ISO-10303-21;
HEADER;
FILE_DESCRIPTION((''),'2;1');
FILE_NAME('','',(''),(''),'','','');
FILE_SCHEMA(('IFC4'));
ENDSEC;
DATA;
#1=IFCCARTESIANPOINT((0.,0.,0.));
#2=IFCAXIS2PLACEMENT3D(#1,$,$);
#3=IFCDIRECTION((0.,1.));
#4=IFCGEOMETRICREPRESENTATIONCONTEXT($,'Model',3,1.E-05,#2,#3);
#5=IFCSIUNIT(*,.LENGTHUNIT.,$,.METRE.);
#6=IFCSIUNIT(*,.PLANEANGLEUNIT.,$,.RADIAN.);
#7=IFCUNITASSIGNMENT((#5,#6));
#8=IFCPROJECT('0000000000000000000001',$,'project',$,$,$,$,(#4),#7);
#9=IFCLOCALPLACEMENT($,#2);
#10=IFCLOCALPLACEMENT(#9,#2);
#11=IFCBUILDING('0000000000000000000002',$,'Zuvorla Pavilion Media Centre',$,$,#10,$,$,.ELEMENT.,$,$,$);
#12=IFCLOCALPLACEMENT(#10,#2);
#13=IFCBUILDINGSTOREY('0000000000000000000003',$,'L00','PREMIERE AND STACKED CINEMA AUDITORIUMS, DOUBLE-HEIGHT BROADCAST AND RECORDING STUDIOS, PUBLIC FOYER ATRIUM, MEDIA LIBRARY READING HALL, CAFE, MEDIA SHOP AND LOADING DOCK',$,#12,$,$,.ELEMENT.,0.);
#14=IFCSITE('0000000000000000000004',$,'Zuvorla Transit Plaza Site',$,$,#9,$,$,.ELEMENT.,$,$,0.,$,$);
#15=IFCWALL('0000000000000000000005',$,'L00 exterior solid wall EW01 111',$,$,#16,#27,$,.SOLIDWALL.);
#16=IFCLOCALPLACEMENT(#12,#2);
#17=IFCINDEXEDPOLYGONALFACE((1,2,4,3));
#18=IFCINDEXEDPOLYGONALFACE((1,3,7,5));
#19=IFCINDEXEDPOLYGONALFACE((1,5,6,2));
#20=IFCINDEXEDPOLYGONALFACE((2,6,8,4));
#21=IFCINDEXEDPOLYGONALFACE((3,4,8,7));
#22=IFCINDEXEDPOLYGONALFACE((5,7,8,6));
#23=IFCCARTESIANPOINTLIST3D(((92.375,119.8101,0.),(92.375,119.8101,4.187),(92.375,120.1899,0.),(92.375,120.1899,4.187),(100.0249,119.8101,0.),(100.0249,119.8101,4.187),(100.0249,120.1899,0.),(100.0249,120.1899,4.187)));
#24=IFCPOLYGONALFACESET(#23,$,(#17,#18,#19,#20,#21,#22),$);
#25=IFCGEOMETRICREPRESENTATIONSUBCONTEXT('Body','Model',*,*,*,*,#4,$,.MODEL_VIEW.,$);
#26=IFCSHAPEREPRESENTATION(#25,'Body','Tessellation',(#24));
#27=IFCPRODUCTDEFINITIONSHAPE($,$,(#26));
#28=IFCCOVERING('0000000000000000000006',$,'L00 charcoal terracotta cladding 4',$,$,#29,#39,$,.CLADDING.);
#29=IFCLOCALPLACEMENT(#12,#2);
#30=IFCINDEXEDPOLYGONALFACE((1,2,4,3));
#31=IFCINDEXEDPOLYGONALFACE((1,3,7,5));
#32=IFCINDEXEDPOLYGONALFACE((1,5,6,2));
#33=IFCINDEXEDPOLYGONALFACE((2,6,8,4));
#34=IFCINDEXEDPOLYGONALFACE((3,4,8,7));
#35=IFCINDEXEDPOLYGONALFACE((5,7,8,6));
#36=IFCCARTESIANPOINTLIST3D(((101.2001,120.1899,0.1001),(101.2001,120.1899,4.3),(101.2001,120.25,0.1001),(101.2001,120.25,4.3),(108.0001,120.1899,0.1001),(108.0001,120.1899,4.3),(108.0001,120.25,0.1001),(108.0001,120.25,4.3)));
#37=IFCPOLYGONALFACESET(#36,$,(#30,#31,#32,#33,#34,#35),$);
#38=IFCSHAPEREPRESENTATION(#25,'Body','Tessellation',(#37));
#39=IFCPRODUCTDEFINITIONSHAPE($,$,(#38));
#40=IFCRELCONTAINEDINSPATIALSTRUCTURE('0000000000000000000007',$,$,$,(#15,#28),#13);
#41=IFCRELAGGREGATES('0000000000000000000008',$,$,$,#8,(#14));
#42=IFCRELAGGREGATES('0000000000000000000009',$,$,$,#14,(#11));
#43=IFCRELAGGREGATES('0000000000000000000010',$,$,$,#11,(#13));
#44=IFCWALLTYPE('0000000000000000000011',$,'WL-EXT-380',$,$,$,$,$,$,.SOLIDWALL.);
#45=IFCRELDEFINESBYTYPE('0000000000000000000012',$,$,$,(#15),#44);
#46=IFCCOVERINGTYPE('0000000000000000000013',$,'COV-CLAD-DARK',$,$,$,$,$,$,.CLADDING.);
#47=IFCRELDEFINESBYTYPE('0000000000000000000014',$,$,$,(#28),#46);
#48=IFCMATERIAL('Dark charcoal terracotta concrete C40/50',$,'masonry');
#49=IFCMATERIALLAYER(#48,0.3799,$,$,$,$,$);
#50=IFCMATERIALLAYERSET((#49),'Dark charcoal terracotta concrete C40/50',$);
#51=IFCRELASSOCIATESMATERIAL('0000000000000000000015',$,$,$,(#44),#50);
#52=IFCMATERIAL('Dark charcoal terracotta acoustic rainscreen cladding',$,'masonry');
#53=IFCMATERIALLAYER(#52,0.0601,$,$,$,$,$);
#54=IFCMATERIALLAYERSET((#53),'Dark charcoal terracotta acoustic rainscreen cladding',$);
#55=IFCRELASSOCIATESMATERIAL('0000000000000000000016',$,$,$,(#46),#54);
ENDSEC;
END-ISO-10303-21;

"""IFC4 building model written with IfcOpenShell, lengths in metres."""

from ifc_helpers import new_model, si_unit, direction, frame, frame_2d, origin, origin_2d, place, context, subcontext, project, spatial, rectangle, extrude, material, layer, layer_set, type_object, element, save


model = new_model("IFC4")

# Units and contexts
model_context = context("Model", 3, precision=1e-05, world=origin(), true_north=direction((0.0, 1.0)))
body_context = subcontext(model_context, "Body", "Model", "MODEL_VIEW")
ifc_project = project(units=[si_unit("LENGTHUNIT", "METRE"), si_unit("PLANEANGLEUNIT", "RADIAN")], contexts=[model_context])

# Site, building, storey
site_placement = place(None, origin())
site = spatial("IfcSite", under=ifc_project, at=site_placement, Name="Zuvorla Transit Plaza Site", CompositionType="ELEMENT", RefElevation=0.0)
building_placement = place(site_placement, origin())
building = spatial("IfcBuilding", under=site, at=building_placement, Name="Zuvorla Pavilion Media Centre", CompositionType="ELEMENT")
storey_placement = place(building_placement, origin())
storey = spatial("IfcBuildingStorey", under=building, at=storey_placement, Name="L00", Description="PREMIERE AND STACKED CINEMA AUDITORIUMS, DOUBLE-HEIGHT BROADCAST AND RECORDING STUDIOS, PUBLIC FOYER ATRIUM, MEDIA LIBRARY READING HALL, CAFE, MEDIA SHOP AND LOADING DOCK", CompositionType="ELEMENT", Elevation=0.0)

# Shared definitions
ifc_material_1 = material(Name="Dark charcoal terracotta concrete C40/50", Category="masonry")
ifc_layer_1 = layer(ifc_material_1, 0.3799)
ifc_layer_set_1 = layer_set([ifc_layer_1], Name="Dark charcoal terracotta concrete C40/50")
wall_type = type_object("IfcWallType", Name="WL-EXT-380", PredefinedType="SOLIDWALL", material=ifc_layer_set_1)

# Wall
wall_1_placement = place(storey_placement, frame((100.0249, 120.0, 0.0), z_axis=(0.0, 0.0, 1.0), x_axis=(-1.0, 0.0, 0.0)))
element("IfcWall", 1, at=wall_1_placement, inside=storey, type_object=wall_type, Name="L00 exterior solid wall EW01 111", PredefinedType="SOLIDWALL", context=body_context, shape_type="SweptSolid", body=[
    extrude(rectangle(XDim=7.6499, YDim=0.3799, at=frame_2d((3.825, 0.0))), origin(), (0.0, 0.0, 1.0), 4.187),
])

# Covering
ifc_material_2 = material(Name="Dark charcoal terracotta acoustic rainscreen cladding", Category="masonry")
ifc_layer_2 = layer(ifc_material_2, 0.0601)
ifc_layer_set_2 = layer_set([ifc_layer_2], Name="Dark charcoal terracotta acoustic rainscreen cladding")
covering_type = type_object("IfcCoveringType", Name="COV-CLAD-DARK", PredefinedType="CLADDING", material=ifc_layer_set_2)
covering_placement = place(storey_placement, frame((104.6001, 120.22, 0.1001), z_axis=(0.0, 0.0, 1.0), x_axis=(1.0, 0.0, 0.0)))
element("IfcCovering", 2, at=covering_placement, inside=storey, type_object=covering_type, Name="L00 charcoal terracotta cladding 4", PredefinedType="CLADDING", context=body_context, shape_type="SweptSolid", body=[
    extrude(rectangle(XDim=6.8, YDim=0.0601, at=origin_2d()), origin(), (0.0, 0.0, 1.0), 4.2),
])

save(model, "model.ifc")
